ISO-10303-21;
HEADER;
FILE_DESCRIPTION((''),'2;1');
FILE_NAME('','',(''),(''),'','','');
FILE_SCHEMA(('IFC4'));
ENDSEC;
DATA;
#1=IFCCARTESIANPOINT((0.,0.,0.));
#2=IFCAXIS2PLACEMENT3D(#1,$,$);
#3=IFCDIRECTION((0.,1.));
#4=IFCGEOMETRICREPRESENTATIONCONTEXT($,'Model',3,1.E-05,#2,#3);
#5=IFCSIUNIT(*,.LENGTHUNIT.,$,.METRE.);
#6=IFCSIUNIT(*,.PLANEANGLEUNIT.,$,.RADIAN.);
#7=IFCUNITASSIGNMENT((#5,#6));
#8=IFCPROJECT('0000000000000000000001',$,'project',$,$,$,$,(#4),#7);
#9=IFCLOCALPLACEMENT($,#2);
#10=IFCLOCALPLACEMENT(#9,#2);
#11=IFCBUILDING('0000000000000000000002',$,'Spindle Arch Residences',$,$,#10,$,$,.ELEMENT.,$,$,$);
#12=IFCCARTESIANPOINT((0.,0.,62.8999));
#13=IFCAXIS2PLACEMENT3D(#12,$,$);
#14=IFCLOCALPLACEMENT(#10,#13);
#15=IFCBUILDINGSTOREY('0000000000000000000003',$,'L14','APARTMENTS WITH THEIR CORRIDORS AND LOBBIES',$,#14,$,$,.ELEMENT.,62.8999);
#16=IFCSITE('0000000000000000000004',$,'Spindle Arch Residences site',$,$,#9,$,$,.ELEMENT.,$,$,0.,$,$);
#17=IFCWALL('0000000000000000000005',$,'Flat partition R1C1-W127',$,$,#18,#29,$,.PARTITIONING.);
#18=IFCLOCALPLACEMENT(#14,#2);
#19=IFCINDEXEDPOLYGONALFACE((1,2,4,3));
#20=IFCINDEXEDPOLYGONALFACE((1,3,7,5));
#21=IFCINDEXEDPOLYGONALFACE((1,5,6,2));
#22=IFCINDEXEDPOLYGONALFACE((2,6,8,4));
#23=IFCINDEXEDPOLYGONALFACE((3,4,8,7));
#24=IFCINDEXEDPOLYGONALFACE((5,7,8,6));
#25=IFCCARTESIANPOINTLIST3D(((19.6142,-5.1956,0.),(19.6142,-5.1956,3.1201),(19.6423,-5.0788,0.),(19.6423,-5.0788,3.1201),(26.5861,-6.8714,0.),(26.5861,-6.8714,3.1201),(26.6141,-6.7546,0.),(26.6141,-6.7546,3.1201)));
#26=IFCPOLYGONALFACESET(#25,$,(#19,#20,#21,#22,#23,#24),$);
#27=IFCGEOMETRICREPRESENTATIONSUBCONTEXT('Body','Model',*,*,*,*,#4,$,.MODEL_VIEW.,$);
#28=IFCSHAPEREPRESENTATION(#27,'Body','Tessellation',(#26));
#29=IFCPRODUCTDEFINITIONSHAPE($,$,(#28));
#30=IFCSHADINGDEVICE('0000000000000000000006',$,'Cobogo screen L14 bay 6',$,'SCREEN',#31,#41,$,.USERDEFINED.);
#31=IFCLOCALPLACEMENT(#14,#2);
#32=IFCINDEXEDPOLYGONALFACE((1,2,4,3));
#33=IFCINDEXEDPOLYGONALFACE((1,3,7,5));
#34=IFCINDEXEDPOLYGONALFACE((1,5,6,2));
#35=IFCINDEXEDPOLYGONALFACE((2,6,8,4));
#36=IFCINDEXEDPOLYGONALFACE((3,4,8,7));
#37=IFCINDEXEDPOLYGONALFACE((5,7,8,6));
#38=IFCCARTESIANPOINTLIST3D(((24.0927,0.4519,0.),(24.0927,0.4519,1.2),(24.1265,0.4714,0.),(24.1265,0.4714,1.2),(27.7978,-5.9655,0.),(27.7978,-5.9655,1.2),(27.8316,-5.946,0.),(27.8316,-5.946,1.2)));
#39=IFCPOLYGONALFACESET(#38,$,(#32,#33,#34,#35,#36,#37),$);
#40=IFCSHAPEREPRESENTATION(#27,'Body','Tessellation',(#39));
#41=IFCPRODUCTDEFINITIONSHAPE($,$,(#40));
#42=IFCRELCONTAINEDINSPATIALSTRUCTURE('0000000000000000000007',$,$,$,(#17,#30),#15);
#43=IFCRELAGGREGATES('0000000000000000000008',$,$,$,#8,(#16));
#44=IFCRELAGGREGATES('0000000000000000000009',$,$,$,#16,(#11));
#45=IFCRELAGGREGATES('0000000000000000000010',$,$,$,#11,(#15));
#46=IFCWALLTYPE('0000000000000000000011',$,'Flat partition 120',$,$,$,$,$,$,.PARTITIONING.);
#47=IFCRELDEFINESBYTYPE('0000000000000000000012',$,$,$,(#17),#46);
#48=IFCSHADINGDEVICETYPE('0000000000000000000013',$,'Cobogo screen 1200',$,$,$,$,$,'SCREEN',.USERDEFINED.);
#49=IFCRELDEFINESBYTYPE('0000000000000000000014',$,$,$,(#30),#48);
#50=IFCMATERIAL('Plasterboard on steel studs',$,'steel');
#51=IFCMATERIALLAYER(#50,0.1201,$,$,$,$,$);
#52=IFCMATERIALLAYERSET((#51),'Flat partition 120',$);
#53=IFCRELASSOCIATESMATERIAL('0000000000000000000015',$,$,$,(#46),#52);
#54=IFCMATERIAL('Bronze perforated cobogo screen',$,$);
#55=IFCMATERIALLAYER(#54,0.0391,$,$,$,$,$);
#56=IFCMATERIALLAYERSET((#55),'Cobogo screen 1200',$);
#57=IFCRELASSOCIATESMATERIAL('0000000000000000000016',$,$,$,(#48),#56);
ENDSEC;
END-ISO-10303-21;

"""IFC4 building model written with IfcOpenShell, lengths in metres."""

from ifc_helpers import new_model, si_unit, direction, frame, frame_2d, origin, origin_2d, place, context, subcontext, project, spatial, rectangle, extrude, material, layer, layer_set, type_object, element, save


model = new_model("IFC4")

# Units and contexts
model_context = context("Model", 3, precision=1e-05, world=origin(), true_north=direction((0.0, 1.0)))
body_context = subcontext(model_context, "Body", "Model", "MODEL_VIEW")
ifc_project = project(units=[si_unit("LENGTHUNIT", "METRE"), si_unit("PLANEANGLEUNIT", "RADIAN")], contexts=[model_context])

# Site, building, storey
site_placement = place(None, origin())
site = spatial("IfcSite", under=ifc_project, at=site_placement, Name="Spindle Arch Residences site", CompositionType="ELEMENT", RefElevation=0.0)
building_placement = place(site_placement, origin())
building = spatial("IfcBuilding", under=site, at=building_placement, Name="Spindle Arch Residences", CompositionType="ELEMENT")
storey_placement = place(building_placement, frame((0.0, 0.0, 62.8999)))
storey = spatial("IfcBuildingStorey", under=building, at=storey_placement, Name="L14", Description="APARTMENTS WITH THEIR CORRIDORS AND LOBBIES", CompositionType="ELEMENT", Elevation=62.8999)

# Shared definitions
ifc_material_1 = material(Name="Plasterboard on steel studs", Category="steel")
ifc_layer_1 = layer(ifc_material_1, 0.1201)
ifc_layer_set_1 = layer_set([ifc_layer_1], Name="Flat partition 120")
wall_type_1 = type_object("IfcWallType", Name="Flat partition 120", PredefinedType="PARTITIONING", material=ifc_layer_set_1)

# Wall
wall_1_placement = place(storey_placement, frame((26.6001, -6.813, 0.0), z_axis=(0.0, 0.0, 1.0), x_axis=(-0.972308, 0.233705, 0.0)))
element("IfcWall", 1, at=wall_1_placement, inside=storey, type_object=wall_type_1, Name="Flat partition R1C1-W127", PredefinedType="PARTITIONING", context=body_context, shape_type="SweptSolid", body=[
    extrude(rectangle(XDim=7.1704, YDim=0.1201, at=frame_2d((3.5852, 0.0))), origin(), (0.0, 0.0, 1.0), 3.1201),
])

# Shading device
ifc_material_2 = material(Name="Bronze perforated cobogo screen")
ifc_layer_2 = layer(ifc_material_2, 0.0391)
ifc_layer_set_2 = layer_set([ifc_layer_2], Name="Cobogo screen 1200")
shading_device_type = type_object("IfcShadingDeviceType", Name="Cobogo screen 1200", ElementType="SCREEN", PredefinedType="USERDEFINED", material=ifc_layer_set_2)
shading_device_placement = place(storey_placement, frame((25.9622, -2.7471, 0.0), z_axis=(0.0, 0.0, 1.0), x_axis=(-0.5, 0.866025, 0.0)))
element("IfcShadingDevice", 2, at=shading_device_placement, inside=storey, type_object=shading_device_type, Name="Cobogo screen L14 bay 6", ObjectType="SCREEN", PredefinedType="USERDEFINED", context=body_context, shape_type="SweptSolid", body=[
    extrude(rectangle(XDim=7.4102, YDim=0.0391, at=origin_2d()), origin(), (0.0, 0.0, 1.0), 1.2),
])

save(model, "model.ifc")
